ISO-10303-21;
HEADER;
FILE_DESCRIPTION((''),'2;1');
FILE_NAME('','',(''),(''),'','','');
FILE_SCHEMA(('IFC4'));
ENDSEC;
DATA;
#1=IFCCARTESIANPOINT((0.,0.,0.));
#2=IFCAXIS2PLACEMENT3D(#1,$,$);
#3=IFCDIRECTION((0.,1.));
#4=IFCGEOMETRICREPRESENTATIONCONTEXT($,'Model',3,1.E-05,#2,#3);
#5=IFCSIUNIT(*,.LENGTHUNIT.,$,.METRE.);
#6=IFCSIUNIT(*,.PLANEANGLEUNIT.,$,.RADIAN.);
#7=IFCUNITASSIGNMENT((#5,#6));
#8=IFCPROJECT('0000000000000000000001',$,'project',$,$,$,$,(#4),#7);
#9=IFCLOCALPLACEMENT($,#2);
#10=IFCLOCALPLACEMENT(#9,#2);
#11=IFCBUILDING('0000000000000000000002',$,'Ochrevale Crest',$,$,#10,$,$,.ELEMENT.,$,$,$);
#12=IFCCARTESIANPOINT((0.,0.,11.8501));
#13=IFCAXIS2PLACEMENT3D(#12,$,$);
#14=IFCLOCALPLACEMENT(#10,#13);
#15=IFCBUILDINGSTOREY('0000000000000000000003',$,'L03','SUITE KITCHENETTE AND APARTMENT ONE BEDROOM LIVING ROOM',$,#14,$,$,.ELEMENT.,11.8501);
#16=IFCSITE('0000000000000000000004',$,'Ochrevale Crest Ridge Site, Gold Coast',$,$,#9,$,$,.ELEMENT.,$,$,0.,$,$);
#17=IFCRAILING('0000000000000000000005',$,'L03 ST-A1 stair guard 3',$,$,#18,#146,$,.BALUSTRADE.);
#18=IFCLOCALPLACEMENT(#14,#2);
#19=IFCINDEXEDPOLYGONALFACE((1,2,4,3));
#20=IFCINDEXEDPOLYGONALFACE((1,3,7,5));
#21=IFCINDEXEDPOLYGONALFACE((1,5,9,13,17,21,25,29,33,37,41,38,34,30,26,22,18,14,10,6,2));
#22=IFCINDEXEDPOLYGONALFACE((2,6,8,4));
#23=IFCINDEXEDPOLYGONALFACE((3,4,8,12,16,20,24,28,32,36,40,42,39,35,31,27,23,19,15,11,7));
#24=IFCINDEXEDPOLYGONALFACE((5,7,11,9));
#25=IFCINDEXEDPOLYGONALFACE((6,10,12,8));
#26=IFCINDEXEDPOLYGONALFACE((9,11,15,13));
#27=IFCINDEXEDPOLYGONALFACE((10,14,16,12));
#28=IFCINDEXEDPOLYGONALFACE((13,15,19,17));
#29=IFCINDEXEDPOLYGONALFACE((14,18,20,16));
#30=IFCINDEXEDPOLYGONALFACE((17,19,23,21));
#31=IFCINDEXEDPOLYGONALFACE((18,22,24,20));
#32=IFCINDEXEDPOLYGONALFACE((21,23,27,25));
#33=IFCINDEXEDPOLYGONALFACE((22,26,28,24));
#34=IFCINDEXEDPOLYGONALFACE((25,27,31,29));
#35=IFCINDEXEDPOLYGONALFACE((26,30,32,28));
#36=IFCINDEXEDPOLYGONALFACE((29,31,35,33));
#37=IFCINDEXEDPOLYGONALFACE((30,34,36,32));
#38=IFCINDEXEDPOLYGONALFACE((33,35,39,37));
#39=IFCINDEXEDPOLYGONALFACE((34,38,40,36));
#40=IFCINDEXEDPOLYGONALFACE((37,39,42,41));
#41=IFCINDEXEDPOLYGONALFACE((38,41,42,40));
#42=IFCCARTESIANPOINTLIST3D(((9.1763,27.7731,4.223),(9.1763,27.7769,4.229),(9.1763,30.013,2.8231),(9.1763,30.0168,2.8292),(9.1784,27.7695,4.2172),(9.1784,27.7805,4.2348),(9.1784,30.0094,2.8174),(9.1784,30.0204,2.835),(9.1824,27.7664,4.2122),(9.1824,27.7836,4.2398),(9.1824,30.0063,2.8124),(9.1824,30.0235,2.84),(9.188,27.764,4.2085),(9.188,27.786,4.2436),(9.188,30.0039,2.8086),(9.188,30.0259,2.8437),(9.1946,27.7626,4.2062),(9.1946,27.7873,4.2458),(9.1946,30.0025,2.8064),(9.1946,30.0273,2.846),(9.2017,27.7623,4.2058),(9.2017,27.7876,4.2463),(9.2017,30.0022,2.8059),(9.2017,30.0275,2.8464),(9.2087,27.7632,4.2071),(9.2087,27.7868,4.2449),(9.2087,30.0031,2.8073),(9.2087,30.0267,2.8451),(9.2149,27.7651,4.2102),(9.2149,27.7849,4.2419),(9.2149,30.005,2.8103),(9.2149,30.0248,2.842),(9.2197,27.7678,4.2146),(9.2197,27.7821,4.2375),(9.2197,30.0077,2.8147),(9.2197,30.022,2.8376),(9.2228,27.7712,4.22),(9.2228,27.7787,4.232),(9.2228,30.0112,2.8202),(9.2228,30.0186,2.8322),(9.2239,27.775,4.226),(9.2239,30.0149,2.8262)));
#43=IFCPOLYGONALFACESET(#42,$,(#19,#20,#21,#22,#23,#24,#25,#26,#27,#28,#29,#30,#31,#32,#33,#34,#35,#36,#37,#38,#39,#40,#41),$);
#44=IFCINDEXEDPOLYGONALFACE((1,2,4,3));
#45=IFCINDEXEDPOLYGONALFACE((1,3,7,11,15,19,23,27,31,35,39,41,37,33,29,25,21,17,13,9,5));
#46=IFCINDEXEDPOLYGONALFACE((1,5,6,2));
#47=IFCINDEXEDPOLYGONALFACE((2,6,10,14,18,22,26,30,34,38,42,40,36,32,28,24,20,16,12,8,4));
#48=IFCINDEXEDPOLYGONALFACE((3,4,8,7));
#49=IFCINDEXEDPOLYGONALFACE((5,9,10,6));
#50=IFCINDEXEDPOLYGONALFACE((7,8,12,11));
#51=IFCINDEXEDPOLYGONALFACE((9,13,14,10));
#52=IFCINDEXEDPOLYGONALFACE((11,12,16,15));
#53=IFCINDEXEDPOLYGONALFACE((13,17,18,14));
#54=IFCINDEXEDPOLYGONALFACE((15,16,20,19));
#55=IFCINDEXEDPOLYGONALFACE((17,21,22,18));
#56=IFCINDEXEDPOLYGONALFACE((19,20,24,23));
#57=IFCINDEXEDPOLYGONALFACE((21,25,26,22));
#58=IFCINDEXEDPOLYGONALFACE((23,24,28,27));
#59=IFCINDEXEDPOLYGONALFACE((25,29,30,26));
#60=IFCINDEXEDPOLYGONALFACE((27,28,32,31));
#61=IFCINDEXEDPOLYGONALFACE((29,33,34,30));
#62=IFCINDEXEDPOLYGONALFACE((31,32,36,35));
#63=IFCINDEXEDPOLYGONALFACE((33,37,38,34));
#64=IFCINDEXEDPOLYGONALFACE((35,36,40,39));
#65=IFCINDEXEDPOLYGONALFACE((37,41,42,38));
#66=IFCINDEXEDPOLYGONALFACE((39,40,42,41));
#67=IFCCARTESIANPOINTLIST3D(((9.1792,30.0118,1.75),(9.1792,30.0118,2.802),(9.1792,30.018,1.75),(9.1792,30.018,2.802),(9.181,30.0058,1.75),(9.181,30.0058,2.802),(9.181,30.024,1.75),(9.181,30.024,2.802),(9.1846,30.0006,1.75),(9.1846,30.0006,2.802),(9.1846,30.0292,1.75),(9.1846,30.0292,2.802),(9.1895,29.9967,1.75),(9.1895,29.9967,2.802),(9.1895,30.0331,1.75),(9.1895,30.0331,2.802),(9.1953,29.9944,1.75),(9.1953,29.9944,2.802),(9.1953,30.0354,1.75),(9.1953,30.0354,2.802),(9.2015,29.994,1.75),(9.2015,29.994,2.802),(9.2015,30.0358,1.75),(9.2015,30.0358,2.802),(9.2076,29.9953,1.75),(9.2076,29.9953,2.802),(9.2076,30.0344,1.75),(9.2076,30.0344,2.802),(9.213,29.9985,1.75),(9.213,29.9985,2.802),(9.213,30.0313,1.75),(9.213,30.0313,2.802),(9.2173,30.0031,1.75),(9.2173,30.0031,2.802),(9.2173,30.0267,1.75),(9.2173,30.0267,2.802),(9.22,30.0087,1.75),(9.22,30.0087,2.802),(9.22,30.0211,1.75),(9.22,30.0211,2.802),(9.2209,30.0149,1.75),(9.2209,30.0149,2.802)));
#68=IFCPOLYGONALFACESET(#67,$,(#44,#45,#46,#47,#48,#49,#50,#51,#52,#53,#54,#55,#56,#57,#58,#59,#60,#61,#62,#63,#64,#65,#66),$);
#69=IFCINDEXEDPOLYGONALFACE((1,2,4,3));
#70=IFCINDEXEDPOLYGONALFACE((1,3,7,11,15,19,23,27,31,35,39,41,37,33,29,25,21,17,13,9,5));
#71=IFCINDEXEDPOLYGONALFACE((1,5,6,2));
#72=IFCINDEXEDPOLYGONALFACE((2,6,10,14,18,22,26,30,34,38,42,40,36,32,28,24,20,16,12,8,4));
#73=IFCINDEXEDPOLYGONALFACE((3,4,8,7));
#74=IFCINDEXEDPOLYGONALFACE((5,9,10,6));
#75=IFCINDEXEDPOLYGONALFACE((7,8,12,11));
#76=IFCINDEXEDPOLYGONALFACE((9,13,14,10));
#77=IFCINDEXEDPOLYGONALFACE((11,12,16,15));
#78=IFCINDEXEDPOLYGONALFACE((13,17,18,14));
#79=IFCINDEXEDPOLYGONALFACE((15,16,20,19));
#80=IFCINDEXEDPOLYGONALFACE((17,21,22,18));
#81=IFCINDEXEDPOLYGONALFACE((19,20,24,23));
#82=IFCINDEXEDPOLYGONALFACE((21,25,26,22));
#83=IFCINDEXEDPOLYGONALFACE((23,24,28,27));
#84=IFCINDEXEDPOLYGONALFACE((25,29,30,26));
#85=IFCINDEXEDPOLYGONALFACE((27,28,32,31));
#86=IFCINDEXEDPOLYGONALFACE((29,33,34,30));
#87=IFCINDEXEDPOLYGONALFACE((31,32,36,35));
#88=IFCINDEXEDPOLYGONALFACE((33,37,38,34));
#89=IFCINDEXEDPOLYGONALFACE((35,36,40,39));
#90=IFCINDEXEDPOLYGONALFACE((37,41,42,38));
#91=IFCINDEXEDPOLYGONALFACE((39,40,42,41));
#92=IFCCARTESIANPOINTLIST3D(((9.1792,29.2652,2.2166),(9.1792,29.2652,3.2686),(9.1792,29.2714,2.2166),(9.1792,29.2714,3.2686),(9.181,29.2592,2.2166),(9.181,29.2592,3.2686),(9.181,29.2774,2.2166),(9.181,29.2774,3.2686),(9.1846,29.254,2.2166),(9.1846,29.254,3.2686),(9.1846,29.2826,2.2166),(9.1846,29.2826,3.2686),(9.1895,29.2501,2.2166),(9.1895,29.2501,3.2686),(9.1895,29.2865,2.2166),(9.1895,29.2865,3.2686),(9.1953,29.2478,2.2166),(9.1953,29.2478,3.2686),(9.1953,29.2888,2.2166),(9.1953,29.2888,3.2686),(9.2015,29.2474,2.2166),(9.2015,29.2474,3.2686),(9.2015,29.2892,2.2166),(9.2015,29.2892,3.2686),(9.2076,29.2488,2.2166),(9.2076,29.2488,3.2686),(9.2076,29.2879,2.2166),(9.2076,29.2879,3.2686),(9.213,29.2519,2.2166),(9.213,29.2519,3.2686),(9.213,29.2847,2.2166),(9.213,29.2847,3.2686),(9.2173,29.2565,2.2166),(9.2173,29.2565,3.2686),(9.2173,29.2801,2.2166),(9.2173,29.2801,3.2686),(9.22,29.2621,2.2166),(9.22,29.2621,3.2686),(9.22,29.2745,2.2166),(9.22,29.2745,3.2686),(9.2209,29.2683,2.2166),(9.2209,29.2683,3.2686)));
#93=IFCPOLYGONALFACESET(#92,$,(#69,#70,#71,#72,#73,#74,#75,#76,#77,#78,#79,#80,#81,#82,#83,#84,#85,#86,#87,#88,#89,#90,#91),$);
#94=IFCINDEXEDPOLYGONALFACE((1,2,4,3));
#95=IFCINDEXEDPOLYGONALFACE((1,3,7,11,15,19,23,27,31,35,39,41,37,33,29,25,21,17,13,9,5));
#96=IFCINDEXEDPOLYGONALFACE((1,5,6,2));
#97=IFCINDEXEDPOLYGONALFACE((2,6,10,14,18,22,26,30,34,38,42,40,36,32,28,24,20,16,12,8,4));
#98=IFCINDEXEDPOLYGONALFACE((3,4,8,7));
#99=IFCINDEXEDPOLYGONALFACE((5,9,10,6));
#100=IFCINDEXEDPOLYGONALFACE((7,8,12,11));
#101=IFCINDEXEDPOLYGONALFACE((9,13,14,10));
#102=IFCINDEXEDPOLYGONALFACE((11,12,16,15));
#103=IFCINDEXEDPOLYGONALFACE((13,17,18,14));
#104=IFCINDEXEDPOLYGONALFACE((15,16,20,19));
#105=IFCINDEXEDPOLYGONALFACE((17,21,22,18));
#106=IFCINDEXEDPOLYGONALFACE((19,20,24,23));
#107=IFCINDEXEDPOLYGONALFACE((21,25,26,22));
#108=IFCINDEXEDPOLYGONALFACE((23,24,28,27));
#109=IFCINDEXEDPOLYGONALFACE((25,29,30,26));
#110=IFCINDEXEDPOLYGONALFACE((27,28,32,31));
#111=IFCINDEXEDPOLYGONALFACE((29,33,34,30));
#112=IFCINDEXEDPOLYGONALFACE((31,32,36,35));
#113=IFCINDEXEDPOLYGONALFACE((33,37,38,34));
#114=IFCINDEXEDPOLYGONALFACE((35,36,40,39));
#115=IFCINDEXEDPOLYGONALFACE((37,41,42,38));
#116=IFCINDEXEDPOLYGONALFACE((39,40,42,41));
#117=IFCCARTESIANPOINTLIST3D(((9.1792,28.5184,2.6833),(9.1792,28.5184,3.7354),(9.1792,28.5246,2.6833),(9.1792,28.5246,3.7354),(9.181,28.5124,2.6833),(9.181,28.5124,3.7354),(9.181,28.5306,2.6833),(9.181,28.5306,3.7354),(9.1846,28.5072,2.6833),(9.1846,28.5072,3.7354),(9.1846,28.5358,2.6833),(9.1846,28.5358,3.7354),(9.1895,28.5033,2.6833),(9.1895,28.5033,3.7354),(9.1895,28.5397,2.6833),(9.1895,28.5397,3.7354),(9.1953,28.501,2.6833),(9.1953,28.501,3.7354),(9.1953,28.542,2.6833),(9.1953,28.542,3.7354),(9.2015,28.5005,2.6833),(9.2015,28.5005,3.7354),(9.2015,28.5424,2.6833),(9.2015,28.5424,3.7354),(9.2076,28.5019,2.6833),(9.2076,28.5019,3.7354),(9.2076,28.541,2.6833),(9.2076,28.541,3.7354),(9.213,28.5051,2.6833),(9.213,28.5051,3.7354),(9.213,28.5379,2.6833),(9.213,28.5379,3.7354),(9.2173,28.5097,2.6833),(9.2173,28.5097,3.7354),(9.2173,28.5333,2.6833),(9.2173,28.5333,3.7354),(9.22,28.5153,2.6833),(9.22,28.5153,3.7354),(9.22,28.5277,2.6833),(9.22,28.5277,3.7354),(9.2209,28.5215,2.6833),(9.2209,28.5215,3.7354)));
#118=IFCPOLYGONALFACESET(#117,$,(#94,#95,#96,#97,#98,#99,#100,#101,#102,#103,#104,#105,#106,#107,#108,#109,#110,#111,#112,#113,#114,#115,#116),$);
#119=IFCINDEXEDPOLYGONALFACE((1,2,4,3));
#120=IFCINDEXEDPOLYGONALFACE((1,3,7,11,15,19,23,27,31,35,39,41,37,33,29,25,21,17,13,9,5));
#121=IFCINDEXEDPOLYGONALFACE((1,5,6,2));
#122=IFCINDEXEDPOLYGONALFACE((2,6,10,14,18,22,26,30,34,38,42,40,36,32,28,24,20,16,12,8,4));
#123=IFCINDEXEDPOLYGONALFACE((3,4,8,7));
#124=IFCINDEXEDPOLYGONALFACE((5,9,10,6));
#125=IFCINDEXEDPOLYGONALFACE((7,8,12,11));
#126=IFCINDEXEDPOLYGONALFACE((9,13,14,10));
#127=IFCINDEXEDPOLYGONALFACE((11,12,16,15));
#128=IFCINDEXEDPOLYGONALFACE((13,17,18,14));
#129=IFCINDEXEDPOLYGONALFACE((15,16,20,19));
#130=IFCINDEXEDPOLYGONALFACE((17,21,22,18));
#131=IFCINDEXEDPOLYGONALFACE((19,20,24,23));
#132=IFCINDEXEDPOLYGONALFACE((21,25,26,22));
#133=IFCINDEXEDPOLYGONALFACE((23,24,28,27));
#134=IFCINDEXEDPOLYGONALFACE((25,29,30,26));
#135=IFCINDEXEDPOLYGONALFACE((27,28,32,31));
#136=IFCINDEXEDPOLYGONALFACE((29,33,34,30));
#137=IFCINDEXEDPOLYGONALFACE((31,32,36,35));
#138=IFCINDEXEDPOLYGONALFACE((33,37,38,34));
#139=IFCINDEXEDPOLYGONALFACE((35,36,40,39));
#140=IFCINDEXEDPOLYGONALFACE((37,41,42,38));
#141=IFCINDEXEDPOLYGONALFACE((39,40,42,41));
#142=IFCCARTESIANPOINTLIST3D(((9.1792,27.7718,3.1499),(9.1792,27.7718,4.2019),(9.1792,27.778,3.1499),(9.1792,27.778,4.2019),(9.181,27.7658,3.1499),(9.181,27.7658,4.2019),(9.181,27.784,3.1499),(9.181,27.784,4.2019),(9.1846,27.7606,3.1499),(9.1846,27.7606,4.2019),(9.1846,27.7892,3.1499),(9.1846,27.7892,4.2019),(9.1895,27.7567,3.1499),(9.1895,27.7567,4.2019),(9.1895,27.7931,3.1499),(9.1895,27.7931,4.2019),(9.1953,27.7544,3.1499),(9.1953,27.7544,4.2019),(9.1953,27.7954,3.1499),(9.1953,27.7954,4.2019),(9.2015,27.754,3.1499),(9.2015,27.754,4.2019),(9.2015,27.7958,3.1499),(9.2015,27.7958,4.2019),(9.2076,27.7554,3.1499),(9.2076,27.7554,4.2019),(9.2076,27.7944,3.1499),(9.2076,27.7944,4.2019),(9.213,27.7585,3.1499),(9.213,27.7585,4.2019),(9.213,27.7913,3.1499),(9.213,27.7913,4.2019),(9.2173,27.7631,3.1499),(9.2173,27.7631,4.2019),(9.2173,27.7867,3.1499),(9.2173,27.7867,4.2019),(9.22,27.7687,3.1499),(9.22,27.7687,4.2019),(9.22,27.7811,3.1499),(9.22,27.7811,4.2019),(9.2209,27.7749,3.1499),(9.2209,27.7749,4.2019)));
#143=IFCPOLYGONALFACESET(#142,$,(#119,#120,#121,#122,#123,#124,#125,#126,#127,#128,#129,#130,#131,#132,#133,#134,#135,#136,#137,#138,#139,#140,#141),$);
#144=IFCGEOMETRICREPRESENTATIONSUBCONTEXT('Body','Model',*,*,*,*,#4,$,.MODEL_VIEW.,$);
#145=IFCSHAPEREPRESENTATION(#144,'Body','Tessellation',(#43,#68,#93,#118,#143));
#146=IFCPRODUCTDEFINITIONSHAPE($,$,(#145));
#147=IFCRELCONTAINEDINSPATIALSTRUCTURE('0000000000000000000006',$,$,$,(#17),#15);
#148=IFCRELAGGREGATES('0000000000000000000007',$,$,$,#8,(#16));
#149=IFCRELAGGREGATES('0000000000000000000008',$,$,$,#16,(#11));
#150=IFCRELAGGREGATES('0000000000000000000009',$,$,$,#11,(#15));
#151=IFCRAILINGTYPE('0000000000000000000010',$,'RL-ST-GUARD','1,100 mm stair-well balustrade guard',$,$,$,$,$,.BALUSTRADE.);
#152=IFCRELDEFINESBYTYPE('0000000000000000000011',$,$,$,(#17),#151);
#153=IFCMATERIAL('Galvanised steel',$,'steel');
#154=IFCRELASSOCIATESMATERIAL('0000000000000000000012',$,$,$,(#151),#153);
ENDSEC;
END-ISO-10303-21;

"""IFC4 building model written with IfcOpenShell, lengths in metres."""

from ifc_helpers import new_model, si_unit, direction, frame, origin, origin_2d, place, context, subcontext, project, spatial, circle, extrude, material, type_object, element, save


model = new_model("IFC4")

# Units and contexts
model_context = context("Model", 3, precision=1e-05, world=origin(), true_north=direction((0.0, 1.0)))
body_context = subcontext(model_context, "Body", "Model", "MODEL_VIEW")
ifc_project = project(units=[si_unit("LENGTHUNIT", "METRE"), si_unit("PLANEANGLEUNIT", "RADIAN")], contexts=[model_context])

# Site, building, storey
site_placement = place(None, origin())
site = spatial("IfcSite", under=ifc_project, at=site_placement, Name="Ochrevale Crest Ridge Site, Gold Coast", CompositionType="ELEMENT", RefElevation=0.0)
building_placement = place(site_placement, origin())
building = spatial("IfcBuilding", under=site, at=building_placement, Name="Ochrevale Crest", CompositionType="ELEMENT")
storey_placement = place(building_placement, frame((0.0, 0.0, 11.8501)))
storey = spatial("IfcBuildingStorey", under=building, at=storey_placement, Name="L03", Description="SUITE KITCHENETTE AND APARTMENT ONE BEDROOM LIVING ROOM", CompositionType="ELEMENT", Elevation=11.8501)

# Railing
ifc_material_1 = material(Name="Galvanised steel", Category="steel")
railing_type_1 = type_object("IfcRailingType", Name="RL-ST-GUARD", Description="1,100 mm stair-well balustrade guard", PredefinedType="BALUSTRADE", material=ifc_material_1)
railing_1_placement = place(storey_placement, frame((9.2, 30.0149, 1.75)))
element("IfcRailing", 1, at=railing_1_placement, inside=storey, type_object=railing_type_1, Name="L03 ST-A1 stair guard 3", PredefinedType="BALUSTRADE", context=body_context, shape_type="SweptSolid", body=[
    extrude(circle(Radius=0.0239, at=origin_2d()), frame((0.0, 0.0, 1.0762), z_axis=(0.0, -0.848014, 0.529974), x_axis=(1.0, 0.0, 0.0)), (0.0, 0.0, 1.0), 2.6414),
    extrude(circle(Radius=0.021, at=origin_2d()), origin(), (0.0, 0.0, 1.0), 1.052),
    extrude(circle(Radius=0.021, at=origin_2d()), frame((0.0, -0.7466, 0.4666)), (0.0, 0.0, 1.0), 1.052),
    extrude(circle(Radius=0.021, at=origin_2d()), frame((0.0, -1.4934, 0.9333)), (0.0, 0.0, 1.0), 1.052),
    extrude(circle(Radius=0.021, at=origin_2d()), frame((0.0, -2.24, 1.3999)), (0.0, 0.0, 1.0), 1.052),
])

save(model, "model.ifc")
